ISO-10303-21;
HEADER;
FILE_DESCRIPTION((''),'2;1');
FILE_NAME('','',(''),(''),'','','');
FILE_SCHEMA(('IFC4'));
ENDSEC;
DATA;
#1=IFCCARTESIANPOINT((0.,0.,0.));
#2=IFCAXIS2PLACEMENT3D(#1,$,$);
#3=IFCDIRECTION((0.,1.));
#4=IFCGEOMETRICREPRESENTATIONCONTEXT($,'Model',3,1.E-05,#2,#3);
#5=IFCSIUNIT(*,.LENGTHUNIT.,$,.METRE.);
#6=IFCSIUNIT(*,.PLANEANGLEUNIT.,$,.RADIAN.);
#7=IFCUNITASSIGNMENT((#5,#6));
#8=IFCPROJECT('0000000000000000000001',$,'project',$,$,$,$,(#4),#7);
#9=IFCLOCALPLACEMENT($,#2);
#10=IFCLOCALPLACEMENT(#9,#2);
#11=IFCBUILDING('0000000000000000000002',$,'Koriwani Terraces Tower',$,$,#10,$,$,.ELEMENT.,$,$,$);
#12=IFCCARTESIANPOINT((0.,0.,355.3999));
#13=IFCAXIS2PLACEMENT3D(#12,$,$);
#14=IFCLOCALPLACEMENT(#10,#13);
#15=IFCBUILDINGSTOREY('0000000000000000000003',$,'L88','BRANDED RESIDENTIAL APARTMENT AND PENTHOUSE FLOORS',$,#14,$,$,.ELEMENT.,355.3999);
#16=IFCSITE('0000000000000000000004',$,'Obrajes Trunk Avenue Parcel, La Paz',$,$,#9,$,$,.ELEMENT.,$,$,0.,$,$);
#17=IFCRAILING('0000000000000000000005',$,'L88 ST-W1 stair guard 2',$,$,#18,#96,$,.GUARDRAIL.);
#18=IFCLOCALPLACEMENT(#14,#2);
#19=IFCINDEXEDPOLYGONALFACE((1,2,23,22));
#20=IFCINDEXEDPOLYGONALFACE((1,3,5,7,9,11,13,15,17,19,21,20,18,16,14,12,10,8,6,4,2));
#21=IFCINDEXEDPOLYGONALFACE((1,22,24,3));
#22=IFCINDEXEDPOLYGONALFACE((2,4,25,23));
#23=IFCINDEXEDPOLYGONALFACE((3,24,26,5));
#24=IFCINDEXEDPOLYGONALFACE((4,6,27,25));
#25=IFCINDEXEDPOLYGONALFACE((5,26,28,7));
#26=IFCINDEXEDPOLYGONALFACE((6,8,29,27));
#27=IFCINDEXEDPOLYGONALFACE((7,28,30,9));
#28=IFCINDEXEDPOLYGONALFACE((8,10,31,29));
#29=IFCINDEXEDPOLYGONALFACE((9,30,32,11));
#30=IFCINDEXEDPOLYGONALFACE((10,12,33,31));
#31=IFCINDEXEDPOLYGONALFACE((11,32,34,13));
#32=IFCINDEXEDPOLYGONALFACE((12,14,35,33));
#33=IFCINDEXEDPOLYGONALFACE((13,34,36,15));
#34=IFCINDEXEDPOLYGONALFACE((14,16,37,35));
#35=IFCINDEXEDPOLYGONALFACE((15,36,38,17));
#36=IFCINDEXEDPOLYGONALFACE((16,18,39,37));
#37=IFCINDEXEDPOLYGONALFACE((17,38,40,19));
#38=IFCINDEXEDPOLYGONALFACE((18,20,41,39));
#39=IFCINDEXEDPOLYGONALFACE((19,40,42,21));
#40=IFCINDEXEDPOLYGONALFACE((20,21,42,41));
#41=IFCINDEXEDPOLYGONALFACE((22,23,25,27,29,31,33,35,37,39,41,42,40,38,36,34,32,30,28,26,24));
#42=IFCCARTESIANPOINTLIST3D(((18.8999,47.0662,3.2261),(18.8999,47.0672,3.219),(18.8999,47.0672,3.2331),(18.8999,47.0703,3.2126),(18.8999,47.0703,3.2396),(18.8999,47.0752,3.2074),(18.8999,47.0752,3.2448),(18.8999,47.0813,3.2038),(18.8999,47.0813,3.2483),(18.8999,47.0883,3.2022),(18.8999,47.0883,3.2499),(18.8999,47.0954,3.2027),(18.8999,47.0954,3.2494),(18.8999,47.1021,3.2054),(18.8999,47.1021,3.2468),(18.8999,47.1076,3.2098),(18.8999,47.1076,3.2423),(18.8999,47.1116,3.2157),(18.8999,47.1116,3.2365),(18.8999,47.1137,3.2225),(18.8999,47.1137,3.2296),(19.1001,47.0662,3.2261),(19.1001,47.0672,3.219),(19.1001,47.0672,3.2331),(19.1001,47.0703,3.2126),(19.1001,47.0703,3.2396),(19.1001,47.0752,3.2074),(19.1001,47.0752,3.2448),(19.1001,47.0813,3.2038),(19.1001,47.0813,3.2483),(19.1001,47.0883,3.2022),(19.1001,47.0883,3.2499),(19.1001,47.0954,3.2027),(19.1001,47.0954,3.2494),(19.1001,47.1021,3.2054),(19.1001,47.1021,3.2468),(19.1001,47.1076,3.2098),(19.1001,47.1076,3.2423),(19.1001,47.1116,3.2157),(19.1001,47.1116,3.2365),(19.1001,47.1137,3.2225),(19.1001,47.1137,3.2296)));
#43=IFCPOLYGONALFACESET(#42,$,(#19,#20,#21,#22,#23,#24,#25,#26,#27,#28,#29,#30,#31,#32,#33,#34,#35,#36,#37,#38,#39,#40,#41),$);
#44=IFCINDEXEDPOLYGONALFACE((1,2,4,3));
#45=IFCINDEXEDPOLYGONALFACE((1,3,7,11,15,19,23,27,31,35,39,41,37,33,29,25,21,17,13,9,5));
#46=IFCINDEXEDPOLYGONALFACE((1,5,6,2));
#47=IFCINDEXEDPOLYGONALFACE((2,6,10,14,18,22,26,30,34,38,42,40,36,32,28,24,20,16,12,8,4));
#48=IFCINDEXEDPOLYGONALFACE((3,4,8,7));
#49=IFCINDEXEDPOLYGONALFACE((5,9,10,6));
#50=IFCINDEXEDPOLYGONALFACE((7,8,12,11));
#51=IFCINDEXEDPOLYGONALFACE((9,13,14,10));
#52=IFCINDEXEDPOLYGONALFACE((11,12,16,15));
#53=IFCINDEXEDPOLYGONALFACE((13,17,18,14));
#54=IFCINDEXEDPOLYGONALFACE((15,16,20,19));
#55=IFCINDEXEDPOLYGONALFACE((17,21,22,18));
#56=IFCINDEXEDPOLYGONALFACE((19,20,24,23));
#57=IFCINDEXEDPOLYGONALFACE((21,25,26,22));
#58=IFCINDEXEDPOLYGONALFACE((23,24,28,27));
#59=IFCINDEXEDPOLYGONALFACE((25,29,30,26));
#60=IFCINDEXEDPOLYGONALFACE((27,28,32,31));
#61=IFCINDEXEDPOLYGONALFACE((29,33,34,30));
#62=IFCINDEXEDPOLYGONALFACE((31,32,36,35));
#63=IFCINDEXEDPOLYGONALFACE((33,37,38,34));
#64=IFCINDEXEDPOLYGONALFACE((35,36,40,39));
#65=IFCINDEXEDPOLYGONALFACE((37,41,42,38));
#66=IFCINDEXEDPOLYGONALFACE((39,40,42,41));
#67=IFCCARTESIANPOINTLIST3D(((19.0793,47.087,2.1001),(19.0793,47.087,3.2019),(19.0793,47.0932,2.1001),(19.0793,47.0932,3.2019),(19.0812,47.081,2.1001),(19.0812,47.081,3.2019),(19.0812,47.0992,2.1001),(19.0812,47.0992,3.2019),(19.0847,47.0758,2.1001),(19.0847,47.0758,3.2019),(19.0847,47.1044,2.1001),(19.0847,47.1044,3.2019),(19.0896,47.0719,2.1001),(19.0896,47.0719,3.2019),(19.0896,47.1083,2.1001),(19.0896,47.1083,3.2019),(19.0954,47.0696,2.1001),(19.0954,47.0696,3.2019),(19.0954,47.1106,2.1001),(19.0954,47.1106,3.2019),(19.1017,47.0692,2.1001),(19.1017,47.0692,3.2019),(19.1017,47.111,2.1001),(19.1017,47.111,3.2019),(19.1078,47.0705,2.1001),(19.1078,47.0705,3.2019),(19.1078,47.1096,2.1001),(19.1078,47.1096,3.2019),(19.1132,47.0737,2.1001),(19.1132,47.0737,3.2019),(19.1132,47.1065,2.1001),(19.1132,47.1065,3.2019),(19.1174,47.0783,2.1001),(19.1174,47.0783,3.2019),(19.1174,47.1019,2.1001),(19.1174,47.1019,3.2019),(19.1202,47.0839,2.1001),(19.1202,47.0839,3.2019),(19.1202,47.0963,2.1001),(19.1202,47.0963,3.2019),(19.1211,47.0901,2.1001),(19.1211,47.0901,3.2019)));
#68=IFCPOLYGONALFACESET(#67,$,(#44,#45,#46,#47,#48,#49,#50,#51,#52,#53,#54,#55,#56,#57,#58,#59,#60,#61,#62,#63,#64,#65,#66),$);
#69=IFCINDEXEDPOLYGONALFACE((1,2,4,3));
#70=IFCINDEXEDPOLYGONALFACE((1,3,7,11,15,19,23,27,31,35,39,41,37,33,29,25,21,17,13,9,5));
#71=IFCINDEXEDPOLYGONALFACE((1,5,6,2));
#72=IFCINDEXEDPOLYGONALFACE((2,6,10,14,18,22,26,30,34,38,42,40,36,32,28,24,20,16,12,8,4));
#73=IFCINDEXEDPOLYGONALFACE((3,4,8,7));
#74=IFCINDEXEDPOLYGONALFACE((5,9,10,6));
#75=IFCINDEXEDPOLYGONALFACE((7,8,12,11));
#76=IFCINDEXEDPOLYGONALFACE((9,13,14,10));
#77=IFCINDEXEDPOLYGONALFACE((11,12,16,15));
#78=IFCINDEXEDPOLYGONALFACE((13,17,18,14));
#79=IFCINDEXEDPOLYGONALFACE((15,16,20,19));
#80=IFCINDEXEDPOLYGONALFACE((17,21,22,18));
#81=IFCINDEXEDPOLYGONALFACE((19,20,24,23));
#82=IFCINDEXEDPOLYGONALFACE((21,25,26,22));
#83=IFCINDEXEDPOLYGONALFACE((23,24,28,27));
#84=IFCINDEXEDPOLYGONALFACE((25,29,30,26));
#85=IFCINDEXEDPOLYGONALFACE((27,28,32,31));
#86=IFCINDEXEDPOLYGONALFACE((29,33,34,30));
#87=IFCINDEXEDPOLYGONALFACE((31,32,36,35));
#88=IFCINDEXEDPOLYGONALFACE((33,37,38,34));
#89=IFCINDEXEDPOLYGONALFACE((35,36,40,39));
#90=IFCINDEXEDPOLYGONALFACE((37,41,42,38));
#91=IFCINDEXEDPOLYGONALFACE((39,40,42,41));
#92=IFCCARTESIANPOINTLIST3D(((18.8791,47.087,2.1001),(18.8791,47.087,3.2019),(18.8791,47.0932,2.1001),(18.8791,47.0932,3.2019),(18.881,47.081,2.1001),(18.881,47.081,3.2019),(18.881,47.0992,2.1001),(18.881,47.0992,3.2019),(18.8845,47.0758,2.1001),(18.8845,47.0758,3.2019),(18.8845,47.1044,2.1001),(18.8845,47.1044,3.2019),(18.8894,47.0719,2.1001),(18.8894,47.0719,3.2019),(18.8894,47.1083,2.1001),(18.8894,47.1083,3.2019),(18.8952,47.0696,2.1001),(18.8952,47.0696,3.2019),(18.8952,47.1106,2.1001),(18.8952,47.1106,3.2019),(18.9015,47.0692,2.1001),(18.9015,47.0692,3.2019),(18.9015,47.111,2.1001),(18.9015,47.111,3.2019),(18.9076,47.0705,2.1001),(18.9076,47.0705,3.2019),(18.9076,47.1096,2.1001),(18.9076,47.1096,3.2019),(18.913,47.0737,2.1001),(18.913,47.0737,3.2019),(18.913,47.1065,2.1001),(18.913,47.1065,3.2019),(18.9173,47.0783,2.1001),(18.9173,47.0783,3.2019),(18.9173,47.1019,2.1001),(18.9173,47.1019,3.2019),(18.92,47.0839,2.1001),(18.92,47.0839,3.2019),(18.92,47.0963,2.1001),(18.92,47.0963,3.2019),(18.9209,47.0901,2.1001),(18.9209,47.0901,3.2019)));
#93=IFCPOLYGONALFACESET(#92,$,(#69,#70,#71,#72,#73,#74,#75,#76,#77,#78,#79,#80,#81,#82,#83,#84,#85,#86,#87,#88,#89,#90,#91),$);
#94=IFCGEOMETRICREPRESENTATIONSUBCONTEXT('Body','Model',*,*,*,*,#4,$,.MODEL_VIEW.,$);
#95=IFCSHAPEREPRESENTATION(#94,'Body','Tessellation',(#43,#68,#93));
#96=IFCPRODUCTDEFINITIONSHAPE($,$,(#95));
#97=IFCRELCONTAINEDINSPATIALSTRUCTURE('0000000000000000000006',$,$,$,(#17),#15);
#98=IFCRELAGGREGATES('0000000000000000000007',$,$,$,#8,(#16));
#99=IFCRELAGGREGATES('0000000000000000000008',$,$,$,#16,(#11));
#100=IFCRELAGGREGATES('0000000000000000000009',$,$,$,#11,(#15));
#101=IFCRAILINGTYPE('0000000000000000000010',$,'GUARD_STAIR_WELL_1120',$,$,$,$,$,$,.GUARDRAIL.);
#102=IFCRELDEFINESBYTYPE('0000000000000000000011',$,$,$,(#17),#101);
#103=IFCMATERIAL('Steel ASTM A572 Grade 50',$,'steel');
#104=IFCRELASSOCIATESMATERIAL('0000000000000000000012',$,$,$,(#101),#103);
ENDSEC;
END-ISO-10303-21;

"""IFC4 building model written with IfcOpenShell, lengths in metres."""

from ifc_helpers import new_model, si_unit, direction, frame, origin, origin_2d, place, context, subcontext, project, spatial, circle, extrude, material, type_object, element, save


model = new_model("IFC4")

# Units and contexts
model_context = context("Model", 3, precision=1e-05, world=origin(), true_north=direction((0.0, 1.0)))
body_context = subcontext(model_context, "Body", "Model", "MODEL_VIEW")
ifc_project = project(units=[si_unit("LENGTHUNIT", "METRE"), si_unit("PLANEANGLEUNIT", "RADIAN")], contexts=[model_context])

# Site, building, storey
site_placement = place(None, origin())
site = spatial("IfcSite", under=ifc_project, at=site_placement, Name="Obrajes Trunk Avenue Parcel, La Paz", CompositionType="ELEMENT", RefElevation=0.0)
building_placement = place(site_placement, origin())
building = spatial("IfcBuilding", under=site, at=building_placement, Name="Koriwani Terraces Tower", CompositionType="ELEMENT")
storey_placement = place(building_placement, frame((0.0, 0.0, 355.3999)))
storey = spatial("IfcBuildingStorey", under=building, at=storey_placement, Name="L88", Description="BRANDED RESIDENTIAL APARTMENT AND PENTHOUSE FLOORS", CompositionType="ELEMENT", Elevation=355.3999)

# Shared definitions
ifc_material_1 = material(Name="Steel ASTM A572 Grade 50", Category="steel")

# Railing
railing_type_1 = type_object("IfcRailingType", Name="GUARD_STAIR_WELL_1120", PredefinedType="GUARDRAIL", material=ifc_material_1)
railing_1_placement = place(storey_placement, frame((19.1001, 47.0901, 2.1001)))
element("IfcRailing", 1, at=railing_1_placement, inside=storey, type_object=railing_type_1, Name="L88 ST-W1 stair guard 2", PredefinedType="GUARDRAIL", context=body_context, shape_type="SweptSolid", body=[
    extrude(circle(Radius=0.0239, at=origin_2d()), frame((0.0, 0.0, 1.126), z_axis=(-1.0, 0.0, 0.0), x_axis=(0.0, -1.0, 0.0)), (0.0, 0.0, 1.0), 0.2002),
    extrude(circle(Radius=0.021, at=origin_2d()), origin(), (0.0, 0.0, 1.0), 1.1018),
    extrude(circle(Radius=0.021, at=origin_2d()), frame((-0.2002, 0.0, 0.0)), (0.0, 0.0, 1.0), 1.1018),
])

save(model, "model.ifc")
